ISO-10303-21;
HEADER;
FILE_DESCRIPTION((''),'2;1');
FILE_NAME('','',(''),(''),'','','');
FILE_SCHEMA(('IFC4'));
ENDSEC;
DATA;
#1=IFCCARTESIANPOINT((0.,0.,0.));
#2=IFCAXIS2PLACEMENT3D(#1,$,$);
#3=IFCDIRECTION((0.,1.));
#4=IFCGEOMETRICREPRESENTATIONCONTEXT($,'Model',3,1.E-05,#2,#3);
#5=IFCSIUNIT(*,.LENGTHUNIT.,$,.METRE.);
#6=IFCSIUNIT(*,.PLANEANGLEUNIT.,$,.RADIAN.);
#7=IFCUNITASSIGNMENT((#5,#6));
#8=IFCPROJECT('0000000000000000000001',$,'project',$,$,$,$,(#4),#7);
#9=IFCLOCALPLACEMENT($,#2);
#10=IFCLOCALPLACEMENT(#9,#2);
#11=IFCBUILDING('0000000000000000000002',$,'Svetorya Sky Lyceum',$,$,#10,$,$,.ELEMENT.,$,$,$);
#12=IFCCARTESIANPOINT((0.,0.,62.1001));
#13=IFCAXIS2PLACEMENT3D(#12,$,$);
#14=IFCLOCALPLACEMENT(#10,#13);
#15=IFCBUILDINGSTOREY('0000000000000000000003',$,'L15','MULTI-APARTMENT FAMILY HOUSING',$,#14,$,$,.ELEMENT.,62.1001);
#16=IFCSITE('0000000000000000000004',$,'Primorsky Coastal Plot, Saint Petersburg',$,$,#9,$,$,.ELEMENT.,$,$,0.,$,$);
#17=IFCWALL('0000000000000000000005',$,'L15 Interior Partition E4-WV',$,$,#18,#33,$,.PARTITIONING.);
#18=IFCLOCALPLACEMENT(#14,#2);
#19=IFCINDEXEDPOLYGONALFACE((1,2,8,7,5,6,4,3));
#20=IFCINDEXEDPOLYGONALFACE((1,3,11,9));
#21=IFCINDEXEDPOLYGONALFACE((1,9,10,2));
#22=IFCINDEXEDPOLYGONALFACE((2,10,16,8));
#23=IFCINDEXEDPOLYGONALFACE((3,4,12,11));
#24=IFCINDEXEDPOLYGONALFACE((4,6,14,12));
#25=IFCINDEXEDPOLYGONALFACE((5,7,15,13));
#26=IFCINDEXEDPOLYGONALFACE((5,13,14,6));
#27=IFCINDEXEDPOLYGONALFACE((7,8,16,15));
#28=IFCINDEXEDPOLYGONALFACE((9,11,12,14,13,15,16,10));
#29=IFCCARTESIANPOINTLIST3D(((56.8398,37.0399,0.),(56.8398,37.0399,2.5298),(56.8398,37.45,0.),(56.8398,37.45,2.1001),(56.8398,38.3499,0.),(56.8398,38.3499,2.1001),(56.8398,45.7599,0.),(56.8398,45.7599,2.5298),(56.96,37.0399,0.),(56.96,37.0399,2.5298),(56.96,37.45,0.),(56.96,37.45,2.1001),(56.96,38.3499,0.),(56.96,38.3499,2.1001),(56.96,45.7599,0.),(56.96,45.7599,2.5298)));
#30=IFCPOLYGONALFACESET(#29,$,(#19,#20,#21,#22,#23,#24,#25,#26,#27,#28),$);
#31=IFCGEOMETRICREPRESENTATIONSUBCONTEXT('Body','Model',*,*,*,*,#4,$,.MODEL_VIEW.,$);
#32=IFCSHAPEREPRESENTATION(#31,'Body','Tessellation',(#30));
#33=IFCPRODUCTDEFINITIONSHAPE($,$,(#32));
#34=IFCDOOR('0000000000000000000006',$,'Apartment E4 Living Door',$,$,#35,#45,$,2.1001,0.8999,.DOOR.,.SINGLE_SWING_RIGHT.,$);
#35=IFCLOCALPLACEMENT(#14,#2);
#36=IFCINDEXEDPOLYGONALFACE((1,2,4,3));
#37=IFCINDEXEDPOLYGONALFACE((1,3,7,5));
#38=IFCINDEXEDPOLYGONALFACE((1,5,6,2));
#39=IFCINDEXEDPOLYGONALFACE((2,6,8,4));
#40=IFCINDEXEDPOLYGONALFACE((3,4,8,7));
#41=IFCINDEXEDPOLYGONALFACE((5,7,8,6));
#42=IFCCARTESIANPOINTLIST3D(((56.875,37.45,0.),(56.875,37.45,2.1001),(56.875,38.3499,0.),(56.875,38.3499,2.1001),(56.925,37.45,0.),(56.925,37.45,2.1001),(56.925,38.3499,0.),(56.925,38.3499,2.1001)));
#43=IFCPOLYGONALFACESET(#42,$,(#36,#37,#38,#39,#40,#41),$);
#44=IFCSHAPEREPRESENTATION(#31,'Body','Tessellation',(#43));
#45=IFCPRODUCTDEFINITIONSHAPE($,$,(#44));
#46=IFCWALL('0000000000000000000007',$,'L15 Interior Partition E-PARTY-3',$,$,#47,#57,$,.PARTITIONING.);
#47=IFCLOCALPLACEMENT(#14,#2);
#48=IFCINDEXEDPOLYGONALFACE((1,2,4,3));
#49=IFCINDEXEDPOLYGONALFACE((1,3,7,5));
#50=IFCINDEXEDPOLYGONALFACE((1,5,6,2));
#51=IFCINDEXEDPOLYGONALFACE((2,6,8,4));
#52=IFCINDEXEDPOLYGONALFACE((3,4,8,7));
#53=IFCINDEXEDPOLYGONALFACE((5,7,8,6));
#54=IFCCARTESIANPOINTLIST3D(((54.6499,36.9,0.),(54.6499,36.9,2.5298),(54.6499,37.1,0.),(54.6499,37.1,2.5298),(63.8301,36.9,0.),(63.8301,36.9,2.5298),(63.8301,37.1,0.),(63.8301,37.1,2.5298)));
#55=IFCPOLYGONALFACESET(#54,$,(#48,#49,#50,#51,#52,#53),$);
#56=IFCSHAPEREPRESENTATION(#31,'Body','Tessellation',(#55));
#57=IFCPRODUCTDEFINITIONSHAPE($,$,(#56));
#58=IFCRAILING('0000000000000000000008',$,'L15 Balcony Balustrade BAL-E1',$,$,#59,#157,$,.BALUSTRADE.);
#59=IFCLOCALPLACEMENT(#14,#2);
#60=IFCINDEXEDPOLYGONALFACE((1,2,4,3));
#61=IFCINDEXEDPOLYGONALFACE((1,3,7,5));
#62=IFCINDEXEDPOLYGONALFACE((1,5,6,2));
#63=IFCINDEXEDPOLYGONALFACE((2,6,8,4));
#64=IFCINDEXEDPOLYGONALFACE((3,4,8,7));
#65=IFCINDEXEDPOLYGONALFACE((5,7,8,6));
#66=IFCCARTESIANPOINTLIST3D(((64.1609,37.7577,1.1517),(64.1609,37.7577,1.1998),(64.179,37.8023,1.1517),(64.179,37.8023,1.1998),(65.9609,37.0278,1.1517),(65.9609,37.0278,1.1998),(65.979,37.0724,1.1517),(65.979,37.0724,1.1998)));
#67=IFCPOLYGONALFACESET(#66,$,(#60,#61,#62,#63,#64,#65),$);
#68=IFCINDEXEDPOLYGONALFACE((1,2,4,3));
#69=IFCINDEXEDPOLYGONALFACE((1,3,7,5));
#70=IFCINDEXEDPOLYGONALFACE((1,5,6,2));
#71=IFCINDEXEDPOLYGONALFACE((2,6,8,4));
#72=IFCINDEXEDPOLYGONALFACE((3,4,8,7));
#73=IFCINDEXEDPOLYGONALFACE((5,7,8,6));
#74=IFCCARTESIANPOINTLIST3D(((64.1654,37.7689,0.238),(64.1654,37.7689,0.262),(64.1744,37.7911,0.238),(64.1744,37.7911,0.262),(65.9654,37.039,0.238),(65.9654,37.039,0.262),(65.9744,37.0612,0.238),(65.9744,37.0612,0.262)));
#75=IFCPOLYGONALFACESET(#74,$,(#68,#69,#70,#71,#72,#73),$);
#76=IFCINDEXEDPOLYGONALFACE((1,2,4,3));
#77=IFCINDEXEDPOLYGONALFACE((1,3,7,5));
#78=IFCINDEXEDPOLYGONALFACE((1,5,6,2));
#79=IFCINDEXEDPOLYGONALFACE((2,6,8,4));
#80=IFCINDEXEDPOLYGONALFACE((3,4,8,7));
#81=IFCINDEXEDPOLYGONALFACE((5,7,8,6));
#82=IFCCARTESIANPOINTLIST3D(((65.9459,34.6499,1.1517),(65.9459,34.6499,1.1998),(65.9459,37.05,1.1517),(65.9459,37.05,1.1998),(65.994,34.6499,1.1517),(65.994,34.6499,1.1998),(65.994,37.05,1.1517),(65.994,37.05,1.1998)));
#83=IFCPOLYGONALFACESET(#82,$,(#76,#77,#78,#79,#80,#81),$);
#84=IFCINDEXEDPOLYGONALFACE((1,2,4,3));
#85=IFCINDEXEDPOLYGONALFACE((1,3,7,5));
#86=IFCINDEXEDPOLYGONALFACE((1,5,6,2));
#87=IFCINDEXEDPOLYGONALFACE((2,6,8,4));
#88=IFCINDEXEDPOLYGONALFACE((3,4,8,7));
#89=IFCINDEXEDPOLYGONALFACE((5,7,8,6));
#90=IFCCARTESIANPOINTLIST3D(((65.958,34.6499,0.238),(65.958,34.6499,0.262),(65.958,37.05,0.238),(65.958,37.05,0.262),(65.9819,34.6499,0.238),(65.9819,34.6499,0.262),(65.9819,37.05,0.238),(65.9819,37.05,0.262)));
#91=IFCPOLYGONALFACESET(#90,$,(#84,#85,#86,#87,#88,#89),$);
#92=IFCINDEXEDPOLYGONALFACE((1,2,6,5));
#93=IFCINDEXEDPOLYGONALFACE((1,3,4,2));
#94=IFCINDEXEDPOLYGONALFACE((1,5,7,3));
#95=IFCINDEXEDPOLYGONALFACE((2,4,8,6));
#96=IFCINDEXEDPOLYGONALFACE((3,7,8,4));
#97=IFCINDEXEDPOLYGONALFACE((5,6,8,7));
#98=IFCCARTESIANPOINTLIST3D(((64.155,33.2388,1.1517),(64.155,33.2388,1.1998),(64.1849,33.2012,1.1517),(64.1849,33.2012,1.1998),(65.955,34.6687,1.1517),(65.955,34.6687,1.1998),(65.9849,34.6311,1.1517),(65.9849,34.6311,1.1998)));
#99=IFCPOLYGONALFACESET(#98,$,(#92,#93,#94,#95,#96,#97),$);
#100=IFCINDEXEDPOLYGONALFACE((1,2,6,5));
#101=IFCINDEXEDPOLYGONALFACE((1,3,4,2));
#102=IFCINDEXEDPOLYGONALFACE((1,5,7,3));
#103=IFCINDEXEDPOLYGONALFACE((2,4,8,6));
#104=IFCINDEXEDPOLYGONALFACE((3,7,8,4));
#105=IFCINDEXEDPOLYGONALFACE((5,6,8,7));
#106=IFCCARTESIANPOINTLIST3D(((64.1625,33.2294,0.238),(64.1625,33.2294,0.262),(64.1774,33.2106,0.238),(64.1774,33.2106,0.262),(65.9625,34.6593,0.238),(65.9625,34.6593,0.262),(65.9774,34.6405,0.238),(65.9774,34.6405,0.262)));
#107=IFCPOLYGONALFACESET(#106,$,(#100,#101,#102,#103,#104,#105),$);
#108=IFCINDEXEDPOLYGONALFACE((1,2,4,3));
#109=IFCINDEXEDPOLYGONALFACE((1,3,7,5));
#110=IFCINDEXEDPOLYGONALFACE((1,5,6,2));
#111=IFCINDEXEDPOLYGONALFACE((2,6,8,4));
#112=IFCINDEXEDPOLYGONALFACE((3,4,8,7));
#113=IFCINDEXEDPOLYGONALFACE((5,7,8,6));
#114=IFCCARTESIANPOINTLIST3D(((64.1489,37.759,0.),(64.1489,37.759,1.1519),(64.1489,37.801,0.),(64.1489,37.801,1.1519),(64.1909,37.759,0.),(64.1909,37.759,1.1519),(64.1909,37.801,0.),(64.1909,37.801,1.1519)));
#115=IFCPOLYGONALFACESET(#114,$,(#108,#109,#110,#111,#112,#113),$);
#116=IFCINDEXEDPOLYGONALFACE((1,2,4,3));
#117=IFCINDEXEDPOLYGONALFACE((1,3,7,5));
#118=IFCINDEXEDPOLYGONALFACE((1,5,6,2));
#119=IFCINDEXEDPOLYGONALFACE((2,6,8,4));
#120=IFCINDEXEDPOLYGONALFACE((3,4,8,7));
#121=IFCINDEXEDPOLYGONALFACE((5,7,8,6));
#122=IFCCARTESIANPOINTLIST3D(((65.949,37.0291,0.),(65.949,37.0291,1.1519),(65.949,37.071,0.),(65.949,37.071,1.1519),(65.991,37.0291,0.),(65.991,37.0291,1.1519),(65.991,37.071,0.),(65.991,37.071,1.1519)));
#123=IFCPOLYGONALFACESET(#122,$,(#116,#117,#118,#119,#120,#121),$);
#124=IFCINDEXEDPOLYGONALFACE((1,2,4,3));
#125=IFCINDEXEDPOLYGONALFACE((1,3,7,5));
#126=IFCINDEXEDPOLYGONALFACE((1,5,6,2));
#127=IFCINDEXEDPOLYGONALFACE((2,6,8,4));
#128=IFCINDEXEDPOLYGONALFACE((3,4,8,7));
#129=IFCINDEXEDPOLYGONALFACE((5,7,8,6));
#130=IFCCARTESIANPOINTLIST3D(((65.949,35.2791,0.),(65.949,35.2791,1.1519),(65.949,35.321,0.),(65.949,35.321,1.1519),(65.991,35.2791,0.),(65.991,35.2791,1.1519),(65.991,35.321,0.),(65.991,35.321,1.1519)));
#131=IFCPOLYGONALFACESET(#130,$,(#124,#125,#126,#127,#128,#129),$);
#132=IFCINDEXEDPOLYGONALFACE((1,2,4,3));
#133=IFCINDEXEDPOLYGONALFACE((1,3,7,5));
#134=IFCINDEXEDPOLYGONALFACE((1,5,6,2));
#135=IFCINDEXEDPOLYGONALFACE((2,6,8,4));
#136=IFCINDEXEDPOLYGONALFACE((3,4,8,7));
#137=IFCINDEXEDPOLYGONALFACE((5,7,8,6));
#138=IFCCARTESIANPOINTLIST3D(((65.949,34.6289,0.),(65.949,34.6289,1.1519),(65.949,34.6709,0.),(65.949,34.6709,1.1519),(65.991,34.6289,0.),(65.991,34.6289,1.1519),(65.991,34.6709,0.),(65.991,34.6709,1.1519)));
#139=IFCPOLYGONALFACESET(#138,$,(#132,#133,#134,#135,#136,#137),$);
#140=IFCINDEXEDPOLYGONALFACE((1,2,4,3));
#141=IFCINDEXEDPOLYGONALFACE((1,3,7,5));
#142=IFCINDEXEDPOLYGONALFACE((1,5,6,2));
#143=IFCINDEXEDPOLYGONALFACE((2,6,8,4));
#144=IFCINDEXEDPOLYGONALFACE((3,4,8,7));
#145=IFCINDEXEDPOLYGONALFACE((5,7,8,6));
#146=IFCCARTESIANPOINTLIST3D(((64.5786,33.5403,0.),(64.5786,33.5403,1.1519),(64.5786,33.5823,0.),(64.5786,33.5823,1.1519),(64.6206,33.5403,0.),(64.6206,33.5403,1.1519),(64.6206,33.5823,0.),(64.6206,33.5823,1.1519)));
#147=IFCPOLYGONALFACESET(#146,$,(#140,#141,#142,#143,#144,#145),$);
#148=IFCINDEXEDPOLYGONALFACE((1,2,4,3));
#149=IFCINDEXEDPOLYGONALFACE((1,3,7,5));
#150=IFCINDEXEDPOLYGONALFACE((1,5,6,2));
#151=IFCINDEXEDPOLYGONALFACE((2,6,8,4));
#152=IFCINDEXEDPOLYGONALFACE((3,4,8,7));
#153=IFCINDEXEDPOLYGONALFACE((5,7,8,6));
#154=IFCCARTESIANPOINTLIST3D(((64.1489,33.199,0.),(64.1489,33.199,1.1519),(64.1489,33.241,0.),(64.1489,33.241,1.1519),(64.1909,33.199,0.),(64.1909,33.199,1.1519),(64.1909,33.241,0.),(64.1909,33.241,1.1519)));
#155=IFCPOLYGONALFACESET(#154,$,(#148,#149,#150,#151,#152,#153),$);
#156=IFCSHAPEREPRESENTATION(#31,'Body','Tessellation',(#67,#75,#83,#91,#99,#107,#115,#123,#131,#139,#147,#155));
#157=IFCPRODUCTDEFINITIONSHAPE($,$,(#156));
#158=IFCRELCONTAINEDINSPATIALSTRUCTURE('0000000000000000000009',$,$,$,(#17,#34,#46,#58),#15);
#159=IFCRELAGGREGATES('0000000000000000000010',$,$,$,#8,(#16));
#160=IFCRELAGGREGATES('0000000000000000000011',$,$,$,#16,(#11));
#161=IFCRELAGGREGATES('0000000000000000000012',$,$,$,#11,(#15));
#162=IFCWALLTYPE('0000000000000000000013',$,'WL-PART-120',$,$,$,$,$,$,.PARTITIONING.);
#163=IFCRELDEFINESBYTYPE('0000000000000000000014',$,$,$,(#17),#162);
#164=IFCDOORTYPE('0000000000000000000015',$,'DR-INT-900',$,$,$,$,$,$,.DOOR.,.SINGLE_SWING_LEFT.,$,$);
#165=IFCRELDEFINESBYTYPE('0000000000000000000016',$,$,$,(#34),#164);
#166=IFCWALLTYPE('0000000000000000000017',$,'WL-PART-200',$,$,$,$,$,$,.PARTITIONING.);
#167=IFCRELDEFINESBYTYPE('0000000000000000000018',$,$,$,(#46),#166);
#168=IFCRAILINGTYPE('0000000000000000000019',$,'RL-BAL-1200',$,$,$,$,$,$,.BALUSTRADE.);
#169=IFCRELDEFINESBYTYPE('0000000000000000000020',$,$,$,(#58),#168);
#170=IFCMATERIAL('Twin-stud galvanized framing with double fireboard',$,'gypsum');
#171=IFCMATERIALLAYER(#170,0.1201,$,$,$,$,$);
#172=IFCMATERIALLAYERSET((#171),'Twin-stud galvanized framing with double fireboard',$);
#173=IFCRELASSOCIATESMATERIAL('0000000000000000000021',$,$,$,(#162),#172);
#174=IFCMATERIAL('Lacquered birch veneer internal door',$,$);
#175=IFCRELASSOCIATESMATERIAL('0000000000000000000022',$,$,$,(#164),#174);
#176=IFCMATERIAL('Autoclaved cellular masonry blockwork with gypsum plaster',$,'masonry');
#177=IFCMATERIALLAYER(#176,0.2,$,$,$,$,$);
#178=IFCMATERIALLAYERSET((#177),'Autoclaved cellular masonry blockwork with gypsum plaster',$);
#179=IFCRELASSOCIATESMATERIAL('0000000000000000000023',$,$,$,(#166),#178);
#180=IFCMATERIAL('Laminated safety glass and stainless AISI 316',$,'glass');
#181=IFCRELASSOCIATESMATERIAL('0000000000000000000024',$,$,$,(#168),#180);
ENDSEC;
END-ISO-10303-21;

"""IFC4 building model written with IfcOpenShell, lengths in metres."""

from ifc_helpers import new_model, si_unit, direction, frame, frame_2d, origin, origin_2d, place, context, subcontext, project, spatial, rectangle, extrude, material, layer, layer_set, type_object, element, fill, save


model = new_model("IFC4")

# Units and contexts
model_context = context("Model", 3, precision=1e-05, world=origin(), true_north=direction((0.0, 1.0)))
body_context = subcontext(model_context, "Body", "Model", "MODEL_VIEW")
ifc_project = project(units=[si_unit("LENGTHUNIT", "METRE"), si_unit("PLANEANGLEUNIT", "RADIAN")], contexts=[model_context])

# Site, building, storey
site_placement = place(None, origin())
site = spatial("IfcSite", under=ifc_project, at=site_placement, Name="Primorsky Coastal Plot, Saint Petersburg", CompositionType="ELEMENT", RefElevation=0.0)
building_placement = place(site_placement, origin())
building = spatial("IfcBuilding", under=site, at=building_placement, Name="Svetorya Sky Lyceum", CompositionType="ELEMENT")
storey_placement = place(building_placement, frame((0.0, 0.0, 62.1001)))
storey = spatial("IfcBuildingStorey", under=building, at=storey_placement, Name="L15", Description="MULTI-APARTMENT FAMILY HOUSING", CompositionType="ELEMENT", Elevation=62.1001)

# Wall, opening, door
ifc_material_1 = material(Name="Twin-stud galvanized framing with double fireboard", Category="gypsum")
ifc_layer_1 = layer(ifc_material_1, 0.1201)
ifc_layer_set_1 = layer_set([ifc_layer_1], Name="Twin-stud galvanized framing with double fireboard")
wall_type_1 = type_object("IfcWallType", Name="WL-PART-120", PredefinedType="PARTITIONING", material=ifc_layer_set_1)
ifc_material_2 = material(Name="Lacquered birch veneer internal door")
door_type_1 = type_object("IfcDoorType", Name="DR-INT-900", OperationType="SINGLE_SWING_LEFT", PredefinedType="DOOR", material=ifc_material_2)
wall_1_placement = place(storey_placement, frame((56.8999, 37.04, 0.0), z_axis=(0.0, 0.0, 1.0), x_axis=(0.0, 1.0, 0.0)))
wall_1 = element("IfcWall", 1, at=wall_1_placement, inside=storey, type_object=wall_type_1, Name="L15 Interior Partition E4-WV", PredefinedType="PARTITIONING", context=body_context, shape_type="SweptSolid", body=[
    extrude(rectangle(XDim=8.72, YDim=0.1201, at=frame_2d((4.3599, 0.0))), origin(), (0.0, 0.0, 1.0), 2.5298),
])
opening_1_placement = place(wall_1_placement, frame((0.4099, 0.0, 0.0)))
opening_1 = element("IfcOpeningElement", 2, at=opening_1_placement, cuts=wall_1, PredefinedType="OPENING", context=body_context, shape_type="SweptSolid", body=[
    extrude(rectangle(XDim=0.8999, YDim=2.1001, at=frame_2d((0.45, 1.05))), frame((0.0, 0.0701, 0.0), z_axis=(0.0, -1.0, 0.0), x_axis=(1.0, 0.0, 0.0)), (0.0, 0.0, 1.0), 0.1401),
])
door_1_placement = place(opening_1_placement, origin())
door_1 = element("IfcDoor", 3, at=door_1_placement, inside=storey, type_object=door_type_1, Name="Apartment E4 Living Door", OperationType="SINGLE_SWING_RIGHT", OverallHeight=2.1001, OverallWidth=0.8999, PredefinedType="DOOR", context=body_context, shape_type="SweptSolid", body=[
    extrude(rectangle(XDim=0.8999, YDim=2.1001, at=frame_2d((0.45, 1.05))), frame((0.0, 0.0249, 0.0), z_axis=(0.0, -1.0, 0.0), x_axis=(1.0, 0.0, 0.0)), (0.0, 0.0, 1.0), 0.05),
])
fill(opening_1, door_1)

# Wall
ifc_material_3 = material(Name="Autoclaved cellular masonry blockwork with gypsum plaster", Category="masonry")
ifc_layer_2 = layer(ifc_material_3, 0.2)
ifc_layer_set_2 = layer_set([ifc_layer_2], Name="Autoclaved cellular masonry blockwork with gypsum plaster")
wall_type_2 = type_object("IfcWallType", Name="WL-PART-200", PredefinedType="PARTITIONING", material=ifc_layer_set_2)
wall_2_placement = place(storey_placement, frame((54.6499, 37.0, 0.0), z_axis=(0.0, 0.0, 1.0), x_axis=(1.0, 0.0, 0.0)))
element("IfcWall", 4, at=wall_2_placement, inside=storey, type_object=wall_type_2, Name="L15 Interior Partition E-PARTY-3", PredefinedType="PARTITIONING", context=body_context, shape_type="SweptSolid", body=[
    extrude(rectangle(XDim=9.1802, YDim=0.2, at=frame_2d((4.5901, 0.0))), origin(), (0.0, 0.0, 1.0), 2.5298),
])

# Railing
ifc_material_4 = material(Name="Laminated safety glass and stainless AISI 316", Category="glass")
railing_type = type_object("IfcRailingType", Name="RL-BAL-1200", PredefinedType="BALUSTRADE", material=ifc_material_4)
railing_placement = place(storey_placement, frame((64.1699, 37.78, 0.0)))
element("IfcRailing", 5, at=railing_placement, inside=storey, type_object=railing_type, Name="L15 Balcony Balustrade BAL-E1", PredefinedType="BALUSTRADE", context=body_context, shape_type="SweptSolid", body=[
    extrude(rectangle(XDim=0.0481, YDim=0.0481, at=origin_2d()), frame((0.0, 0.0, 1.1758), z_axis=(0.926698, -0.375807, 0.0), x_axis=(0.375807, 0.926698, 0.0)), (0.0, 0.0, 1.0), 1.9424),
    extrude(rectangle(XDim=0.0239, YDim=0.0239, at=origin_2d()), frame((0.0, 0.0, 0.25), z_axis=(0.926698, -0.375807, 0.0), x_axis=(0.375807, 0.926698, 0.0)), (0.0, 0.0, 1.0), 1.9424),
    extrude(rectangle(XDim=0.0481, YDim=0.0481, at=origin_2d()), frame((1.8, -0.73, 1.1758), z_axis=(0.0, -1.0, 0.0), x_axis=(1.0, 0.0, 0.0)), (0.0, 0.0, 1.0), 2.4001),
    extrude(rectangle(XDim=0.0239, YDim=0.0239, at=origin_2d()), frame((1.8, -0.73, 0.25), z_axis=(0.0, -1.0, 0.0), x_axis=(1.0, 0.0, 0.0)), (0.0, 0.0, 1.0), 2.4001),
    extrude(rectangle(XDim=0.0481, YDim=0.0481, at=origin_2d()), frame((1.8, -3.1301, 1.1758), z_axis=(-0.783009, -0.62201, 0.0), x_axis=(0.62201, -0.783009, 0.0)), (0.0, 0.0, 1.0), 2.2988),
    extrude(rectangle(XDim=0.0239, YDim=0.0239, at=origin_2d()), frame((1.8, -3.1301, 0.25), z_axis=(-0.783009, -0.62201, 0.0), x_axis=(0.62201, -0.783009, 0.0)), (0.0, 0.0, 1.0), 2.2988),
    extrude(rectangle(XDim=0.042, YDim=0.042, at=origin_2d()), origin(), (0.0, 0.0, 1.0), 1.1519),
    extrude(rectangle(XDim=0.042, YDim=0.042, at=origin_2d()), frame((1.8, -0.73, 0.0)), (0.0, 0.0, 1.0), 1.1519),
    extrude(rectangle(XDim=0.042, YDim=0.042, at=origin_2d()), frame((1.8, -2.48, 0.0)), (0.0, 0.0, 1.0), 1.1519),
    extrude(rectangle(XDim=0.042, YDim=0.042, at=origin_2d()), frame((1.8, -3.1301, 0.0)), (0.0, 0.0, 1.0), 1.1519),
    extrude(rectangle(XDim=0.042, YDim=0.042, at=origin_2d()), frame((0.4297, -4.2188, 0.0)), (0.0, 0.0, 1.0), 1.1519),
    extrude(rectangle(XDim=0.042, YDim=0.042, at=origin_2d()), frame((0.0, -4.5601, 0.0)), (0.0, 0.0, 1.0), 1.1519),
])

save(model, "model.ifc")
